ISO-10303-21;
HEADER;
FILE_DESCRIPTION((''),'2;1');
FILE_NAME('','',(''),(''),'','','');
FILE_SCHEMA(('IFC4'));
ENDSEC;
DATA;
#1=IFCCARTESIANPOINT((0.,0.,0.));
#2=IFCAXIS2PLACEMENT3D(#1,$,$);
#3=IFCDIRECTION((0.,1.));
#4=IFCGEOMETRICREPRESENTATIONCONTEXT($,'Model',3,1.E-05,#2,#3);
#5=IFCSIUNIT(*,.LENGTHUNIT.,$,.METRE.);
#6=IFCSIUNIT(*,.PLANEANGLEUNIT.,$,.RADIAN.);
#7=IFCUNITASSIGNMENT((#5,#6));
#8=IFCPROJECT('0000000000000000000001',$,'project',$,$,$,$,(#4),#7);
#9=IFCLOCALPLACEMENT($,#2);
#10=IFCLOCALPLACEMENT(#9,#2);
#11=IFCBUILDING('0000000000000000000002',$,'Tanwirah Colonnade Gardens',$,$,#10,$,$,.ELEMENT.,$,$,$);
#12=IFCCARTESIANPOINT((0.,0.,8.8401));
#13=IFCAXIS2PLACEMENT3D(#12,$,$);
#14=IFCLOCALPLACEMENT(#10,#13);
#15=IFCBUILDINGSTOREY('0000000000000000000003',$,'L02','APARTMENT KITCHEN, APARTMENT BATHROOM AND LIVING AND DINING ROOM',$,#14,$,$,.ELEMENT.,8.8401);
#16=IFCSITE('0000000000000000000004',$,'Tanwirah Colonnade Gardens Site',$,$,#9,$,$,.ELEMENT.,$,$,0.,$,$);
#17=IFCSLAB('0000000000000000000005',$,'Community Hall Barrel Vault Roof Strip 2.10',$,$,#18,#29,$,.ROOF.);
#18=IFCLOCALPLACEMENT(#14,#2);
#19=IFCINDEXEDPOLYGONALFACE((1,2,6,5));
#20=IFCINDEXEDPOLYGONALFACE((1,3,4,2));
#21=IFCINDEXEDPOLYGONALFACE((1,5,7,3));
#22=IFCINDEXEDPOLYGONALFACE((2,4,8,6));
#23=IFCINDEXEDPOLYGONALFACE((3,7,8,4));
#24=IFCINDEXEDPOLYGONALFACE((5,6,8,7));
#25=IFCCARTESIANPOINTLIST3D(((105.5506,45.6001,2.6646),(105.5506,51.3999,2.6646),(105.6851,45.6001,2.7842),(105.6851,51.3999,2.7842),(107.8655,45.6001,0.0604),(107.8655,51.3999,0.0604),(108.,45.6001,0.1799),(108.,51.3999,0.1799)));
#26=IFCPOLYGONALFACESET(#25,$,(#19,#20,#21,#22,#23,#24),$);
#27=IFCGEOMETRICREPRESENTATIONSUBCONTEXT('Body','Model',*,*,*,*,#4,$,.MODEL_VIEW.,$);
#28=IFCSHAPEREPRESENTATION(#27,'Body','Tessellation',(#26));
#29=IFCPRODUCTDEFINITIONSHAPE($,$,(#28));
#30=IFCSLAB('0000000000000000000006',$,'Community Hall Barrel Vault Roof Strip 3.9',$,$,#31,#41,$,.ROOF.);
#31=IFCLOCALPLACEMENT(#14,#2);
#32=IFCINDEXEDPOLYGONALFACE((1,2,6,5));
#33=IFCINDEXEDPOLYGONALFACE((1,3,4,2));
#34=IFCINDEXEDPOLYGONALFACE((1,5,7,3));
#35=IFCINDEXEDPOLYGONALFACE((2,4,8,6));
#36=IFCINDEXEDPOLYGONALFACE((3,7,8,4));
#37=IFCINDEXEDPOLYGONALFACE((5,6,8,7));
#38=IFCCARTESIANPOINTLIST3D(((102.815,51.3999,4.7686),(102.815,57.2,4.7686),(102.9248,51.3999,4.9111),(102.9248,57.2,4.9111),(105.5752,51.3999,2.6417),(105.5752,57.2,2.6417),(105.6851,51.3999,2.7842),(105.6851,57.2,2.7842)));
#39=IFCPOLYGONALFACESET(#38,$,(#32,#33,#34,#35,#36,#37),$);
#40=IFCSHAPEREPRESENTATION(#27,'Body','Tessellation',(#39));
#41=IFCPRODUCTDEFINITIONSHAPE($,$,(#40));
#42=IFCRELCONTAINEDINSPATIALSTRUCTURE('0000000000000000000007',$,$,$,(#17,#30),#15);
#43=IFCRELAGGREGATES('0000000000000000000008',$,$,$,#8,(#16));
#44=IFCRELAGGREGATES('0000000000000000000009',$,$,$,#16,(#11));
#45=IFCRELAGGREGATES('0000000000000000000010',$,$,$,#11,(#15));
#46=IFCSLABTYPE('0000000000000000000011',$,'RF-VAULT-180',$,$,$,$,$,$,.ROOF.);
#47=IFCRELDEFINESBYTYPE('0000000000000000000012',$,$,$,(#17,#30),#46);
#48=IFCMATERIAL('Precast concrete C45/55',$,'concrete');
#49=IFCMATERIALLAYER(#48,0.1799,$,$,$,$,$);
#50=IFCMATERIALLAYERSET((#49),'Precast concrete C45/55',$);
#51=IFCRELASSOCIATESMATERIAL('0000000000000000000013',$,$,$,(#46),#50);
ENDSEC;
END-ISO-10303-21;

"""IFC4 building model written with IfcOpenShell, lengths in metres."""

from ifc_helpers import new_model, si_unit, direction, frame, origin, place, context, subcontext, project, spatial, polyline, outline, extrude, material, layer, layer_set, type_object, element, save


model = new_model("IFC4")

# Units and contexts
model_context = context("Model", 3, precision=1e-05, world=origin(), true_north=direction((0.0, 1.0)))
body_context = subcontext(model_context, "Body", "Model", "MODEL_VIEW")
ifc_project = project(units=[si_unit("LENGTHUNIT", "METRE"), si_unit("PLANEANGLEUNIT", "RADIAN")], contexts=[model_context])

# Site, building, storey
site_placement = place(None, origin())
site = spatial("IfcSite", under=ifc_project, at=site_placement, Name="Tanwirah Colonnade Gardens Site", CompositionType="ELEMENT", RefElevation=0.0)
building_placement = place(site_placement, origin())
building = spatial("IfcBuilding", under=site, at=building_placement, Name="Tanwirah Colonnade Gardens", CompositionType="ELEMENT")
storey_placement = place(building_placement, frame((0.0, 0.0, 8.8401)))
storey = spatial("IfcBuildingStorey", under=building, at=storey_placement, Name="L02", Description="APARTMENT KITCHEN, APARTMENT BATHROOM AND LIVING AND DINING ROOM", CompositionType="ELEMENT", Elevation=8.8401)

# Shared definitions
ifc_material_1 = material(Name="Precast concrete C45/55", Category="concrete")

# Slabs
ifc_layer_1 = layer(ifc_material_1, 0.1799)
ifc_layer_set_1 = layer_set([ifc_layer_1], Name="Precast concrete C45/55")
slab_type = type_object("IfcSlabType", Name="RF-VAULT-180", PredefinedType="ROOF", material=ifc_layer_set_1)
slab_1_placement = place(storey_placement, frame((105.6851, 45.6001, 2.7842), z_axis=(0.747402, 0.0, 0.664373), x_axis=(0.664373, 0.0, -0.747402)))
element("IfcSlab", 1, at=slab_1_placement, inside=storey, type_object=slab_type, Name="Community Hall Barrel Vault Roof Strip 2.10", PredefinedType="ROOF", context=body_context, shape_type="SweptSolid", body=[
    extrude(outline(polyline([(0.0, 0.0), (3.4844, 0.0), (3.4844, 5.7998), (0.0, 5.7998), (0.0, 0.0)])), origin(), (0.0, 0.0, -1.0), 0.1799),
])
slab_2_placement = place(storey_placement, frame((102.9248, 51.3999, 4.9111), z_axis=(0.610374, 0.0, 0.792113), x_axis=(0.792113, 0.0, -0.610374)))
element("IfcSlab", 2, at=slab_2_placement, inside=storey, type_object=slab_type, Name="Community Hall Barrel Vault Roof Strip 3.9", PredefinedType="ROOF", context=body_context, shape_type="SweptSolid", body=[
    extrude(outline(polyline([(0.0, 0.0), (3.4847, 0.0), (3.4847, 5.8), (0.0, 5.8), (0.0, 0.0)])), origin(), (0.0, 0.0, -1.0), 0.1799),
])

save(model, "model.ifc")
